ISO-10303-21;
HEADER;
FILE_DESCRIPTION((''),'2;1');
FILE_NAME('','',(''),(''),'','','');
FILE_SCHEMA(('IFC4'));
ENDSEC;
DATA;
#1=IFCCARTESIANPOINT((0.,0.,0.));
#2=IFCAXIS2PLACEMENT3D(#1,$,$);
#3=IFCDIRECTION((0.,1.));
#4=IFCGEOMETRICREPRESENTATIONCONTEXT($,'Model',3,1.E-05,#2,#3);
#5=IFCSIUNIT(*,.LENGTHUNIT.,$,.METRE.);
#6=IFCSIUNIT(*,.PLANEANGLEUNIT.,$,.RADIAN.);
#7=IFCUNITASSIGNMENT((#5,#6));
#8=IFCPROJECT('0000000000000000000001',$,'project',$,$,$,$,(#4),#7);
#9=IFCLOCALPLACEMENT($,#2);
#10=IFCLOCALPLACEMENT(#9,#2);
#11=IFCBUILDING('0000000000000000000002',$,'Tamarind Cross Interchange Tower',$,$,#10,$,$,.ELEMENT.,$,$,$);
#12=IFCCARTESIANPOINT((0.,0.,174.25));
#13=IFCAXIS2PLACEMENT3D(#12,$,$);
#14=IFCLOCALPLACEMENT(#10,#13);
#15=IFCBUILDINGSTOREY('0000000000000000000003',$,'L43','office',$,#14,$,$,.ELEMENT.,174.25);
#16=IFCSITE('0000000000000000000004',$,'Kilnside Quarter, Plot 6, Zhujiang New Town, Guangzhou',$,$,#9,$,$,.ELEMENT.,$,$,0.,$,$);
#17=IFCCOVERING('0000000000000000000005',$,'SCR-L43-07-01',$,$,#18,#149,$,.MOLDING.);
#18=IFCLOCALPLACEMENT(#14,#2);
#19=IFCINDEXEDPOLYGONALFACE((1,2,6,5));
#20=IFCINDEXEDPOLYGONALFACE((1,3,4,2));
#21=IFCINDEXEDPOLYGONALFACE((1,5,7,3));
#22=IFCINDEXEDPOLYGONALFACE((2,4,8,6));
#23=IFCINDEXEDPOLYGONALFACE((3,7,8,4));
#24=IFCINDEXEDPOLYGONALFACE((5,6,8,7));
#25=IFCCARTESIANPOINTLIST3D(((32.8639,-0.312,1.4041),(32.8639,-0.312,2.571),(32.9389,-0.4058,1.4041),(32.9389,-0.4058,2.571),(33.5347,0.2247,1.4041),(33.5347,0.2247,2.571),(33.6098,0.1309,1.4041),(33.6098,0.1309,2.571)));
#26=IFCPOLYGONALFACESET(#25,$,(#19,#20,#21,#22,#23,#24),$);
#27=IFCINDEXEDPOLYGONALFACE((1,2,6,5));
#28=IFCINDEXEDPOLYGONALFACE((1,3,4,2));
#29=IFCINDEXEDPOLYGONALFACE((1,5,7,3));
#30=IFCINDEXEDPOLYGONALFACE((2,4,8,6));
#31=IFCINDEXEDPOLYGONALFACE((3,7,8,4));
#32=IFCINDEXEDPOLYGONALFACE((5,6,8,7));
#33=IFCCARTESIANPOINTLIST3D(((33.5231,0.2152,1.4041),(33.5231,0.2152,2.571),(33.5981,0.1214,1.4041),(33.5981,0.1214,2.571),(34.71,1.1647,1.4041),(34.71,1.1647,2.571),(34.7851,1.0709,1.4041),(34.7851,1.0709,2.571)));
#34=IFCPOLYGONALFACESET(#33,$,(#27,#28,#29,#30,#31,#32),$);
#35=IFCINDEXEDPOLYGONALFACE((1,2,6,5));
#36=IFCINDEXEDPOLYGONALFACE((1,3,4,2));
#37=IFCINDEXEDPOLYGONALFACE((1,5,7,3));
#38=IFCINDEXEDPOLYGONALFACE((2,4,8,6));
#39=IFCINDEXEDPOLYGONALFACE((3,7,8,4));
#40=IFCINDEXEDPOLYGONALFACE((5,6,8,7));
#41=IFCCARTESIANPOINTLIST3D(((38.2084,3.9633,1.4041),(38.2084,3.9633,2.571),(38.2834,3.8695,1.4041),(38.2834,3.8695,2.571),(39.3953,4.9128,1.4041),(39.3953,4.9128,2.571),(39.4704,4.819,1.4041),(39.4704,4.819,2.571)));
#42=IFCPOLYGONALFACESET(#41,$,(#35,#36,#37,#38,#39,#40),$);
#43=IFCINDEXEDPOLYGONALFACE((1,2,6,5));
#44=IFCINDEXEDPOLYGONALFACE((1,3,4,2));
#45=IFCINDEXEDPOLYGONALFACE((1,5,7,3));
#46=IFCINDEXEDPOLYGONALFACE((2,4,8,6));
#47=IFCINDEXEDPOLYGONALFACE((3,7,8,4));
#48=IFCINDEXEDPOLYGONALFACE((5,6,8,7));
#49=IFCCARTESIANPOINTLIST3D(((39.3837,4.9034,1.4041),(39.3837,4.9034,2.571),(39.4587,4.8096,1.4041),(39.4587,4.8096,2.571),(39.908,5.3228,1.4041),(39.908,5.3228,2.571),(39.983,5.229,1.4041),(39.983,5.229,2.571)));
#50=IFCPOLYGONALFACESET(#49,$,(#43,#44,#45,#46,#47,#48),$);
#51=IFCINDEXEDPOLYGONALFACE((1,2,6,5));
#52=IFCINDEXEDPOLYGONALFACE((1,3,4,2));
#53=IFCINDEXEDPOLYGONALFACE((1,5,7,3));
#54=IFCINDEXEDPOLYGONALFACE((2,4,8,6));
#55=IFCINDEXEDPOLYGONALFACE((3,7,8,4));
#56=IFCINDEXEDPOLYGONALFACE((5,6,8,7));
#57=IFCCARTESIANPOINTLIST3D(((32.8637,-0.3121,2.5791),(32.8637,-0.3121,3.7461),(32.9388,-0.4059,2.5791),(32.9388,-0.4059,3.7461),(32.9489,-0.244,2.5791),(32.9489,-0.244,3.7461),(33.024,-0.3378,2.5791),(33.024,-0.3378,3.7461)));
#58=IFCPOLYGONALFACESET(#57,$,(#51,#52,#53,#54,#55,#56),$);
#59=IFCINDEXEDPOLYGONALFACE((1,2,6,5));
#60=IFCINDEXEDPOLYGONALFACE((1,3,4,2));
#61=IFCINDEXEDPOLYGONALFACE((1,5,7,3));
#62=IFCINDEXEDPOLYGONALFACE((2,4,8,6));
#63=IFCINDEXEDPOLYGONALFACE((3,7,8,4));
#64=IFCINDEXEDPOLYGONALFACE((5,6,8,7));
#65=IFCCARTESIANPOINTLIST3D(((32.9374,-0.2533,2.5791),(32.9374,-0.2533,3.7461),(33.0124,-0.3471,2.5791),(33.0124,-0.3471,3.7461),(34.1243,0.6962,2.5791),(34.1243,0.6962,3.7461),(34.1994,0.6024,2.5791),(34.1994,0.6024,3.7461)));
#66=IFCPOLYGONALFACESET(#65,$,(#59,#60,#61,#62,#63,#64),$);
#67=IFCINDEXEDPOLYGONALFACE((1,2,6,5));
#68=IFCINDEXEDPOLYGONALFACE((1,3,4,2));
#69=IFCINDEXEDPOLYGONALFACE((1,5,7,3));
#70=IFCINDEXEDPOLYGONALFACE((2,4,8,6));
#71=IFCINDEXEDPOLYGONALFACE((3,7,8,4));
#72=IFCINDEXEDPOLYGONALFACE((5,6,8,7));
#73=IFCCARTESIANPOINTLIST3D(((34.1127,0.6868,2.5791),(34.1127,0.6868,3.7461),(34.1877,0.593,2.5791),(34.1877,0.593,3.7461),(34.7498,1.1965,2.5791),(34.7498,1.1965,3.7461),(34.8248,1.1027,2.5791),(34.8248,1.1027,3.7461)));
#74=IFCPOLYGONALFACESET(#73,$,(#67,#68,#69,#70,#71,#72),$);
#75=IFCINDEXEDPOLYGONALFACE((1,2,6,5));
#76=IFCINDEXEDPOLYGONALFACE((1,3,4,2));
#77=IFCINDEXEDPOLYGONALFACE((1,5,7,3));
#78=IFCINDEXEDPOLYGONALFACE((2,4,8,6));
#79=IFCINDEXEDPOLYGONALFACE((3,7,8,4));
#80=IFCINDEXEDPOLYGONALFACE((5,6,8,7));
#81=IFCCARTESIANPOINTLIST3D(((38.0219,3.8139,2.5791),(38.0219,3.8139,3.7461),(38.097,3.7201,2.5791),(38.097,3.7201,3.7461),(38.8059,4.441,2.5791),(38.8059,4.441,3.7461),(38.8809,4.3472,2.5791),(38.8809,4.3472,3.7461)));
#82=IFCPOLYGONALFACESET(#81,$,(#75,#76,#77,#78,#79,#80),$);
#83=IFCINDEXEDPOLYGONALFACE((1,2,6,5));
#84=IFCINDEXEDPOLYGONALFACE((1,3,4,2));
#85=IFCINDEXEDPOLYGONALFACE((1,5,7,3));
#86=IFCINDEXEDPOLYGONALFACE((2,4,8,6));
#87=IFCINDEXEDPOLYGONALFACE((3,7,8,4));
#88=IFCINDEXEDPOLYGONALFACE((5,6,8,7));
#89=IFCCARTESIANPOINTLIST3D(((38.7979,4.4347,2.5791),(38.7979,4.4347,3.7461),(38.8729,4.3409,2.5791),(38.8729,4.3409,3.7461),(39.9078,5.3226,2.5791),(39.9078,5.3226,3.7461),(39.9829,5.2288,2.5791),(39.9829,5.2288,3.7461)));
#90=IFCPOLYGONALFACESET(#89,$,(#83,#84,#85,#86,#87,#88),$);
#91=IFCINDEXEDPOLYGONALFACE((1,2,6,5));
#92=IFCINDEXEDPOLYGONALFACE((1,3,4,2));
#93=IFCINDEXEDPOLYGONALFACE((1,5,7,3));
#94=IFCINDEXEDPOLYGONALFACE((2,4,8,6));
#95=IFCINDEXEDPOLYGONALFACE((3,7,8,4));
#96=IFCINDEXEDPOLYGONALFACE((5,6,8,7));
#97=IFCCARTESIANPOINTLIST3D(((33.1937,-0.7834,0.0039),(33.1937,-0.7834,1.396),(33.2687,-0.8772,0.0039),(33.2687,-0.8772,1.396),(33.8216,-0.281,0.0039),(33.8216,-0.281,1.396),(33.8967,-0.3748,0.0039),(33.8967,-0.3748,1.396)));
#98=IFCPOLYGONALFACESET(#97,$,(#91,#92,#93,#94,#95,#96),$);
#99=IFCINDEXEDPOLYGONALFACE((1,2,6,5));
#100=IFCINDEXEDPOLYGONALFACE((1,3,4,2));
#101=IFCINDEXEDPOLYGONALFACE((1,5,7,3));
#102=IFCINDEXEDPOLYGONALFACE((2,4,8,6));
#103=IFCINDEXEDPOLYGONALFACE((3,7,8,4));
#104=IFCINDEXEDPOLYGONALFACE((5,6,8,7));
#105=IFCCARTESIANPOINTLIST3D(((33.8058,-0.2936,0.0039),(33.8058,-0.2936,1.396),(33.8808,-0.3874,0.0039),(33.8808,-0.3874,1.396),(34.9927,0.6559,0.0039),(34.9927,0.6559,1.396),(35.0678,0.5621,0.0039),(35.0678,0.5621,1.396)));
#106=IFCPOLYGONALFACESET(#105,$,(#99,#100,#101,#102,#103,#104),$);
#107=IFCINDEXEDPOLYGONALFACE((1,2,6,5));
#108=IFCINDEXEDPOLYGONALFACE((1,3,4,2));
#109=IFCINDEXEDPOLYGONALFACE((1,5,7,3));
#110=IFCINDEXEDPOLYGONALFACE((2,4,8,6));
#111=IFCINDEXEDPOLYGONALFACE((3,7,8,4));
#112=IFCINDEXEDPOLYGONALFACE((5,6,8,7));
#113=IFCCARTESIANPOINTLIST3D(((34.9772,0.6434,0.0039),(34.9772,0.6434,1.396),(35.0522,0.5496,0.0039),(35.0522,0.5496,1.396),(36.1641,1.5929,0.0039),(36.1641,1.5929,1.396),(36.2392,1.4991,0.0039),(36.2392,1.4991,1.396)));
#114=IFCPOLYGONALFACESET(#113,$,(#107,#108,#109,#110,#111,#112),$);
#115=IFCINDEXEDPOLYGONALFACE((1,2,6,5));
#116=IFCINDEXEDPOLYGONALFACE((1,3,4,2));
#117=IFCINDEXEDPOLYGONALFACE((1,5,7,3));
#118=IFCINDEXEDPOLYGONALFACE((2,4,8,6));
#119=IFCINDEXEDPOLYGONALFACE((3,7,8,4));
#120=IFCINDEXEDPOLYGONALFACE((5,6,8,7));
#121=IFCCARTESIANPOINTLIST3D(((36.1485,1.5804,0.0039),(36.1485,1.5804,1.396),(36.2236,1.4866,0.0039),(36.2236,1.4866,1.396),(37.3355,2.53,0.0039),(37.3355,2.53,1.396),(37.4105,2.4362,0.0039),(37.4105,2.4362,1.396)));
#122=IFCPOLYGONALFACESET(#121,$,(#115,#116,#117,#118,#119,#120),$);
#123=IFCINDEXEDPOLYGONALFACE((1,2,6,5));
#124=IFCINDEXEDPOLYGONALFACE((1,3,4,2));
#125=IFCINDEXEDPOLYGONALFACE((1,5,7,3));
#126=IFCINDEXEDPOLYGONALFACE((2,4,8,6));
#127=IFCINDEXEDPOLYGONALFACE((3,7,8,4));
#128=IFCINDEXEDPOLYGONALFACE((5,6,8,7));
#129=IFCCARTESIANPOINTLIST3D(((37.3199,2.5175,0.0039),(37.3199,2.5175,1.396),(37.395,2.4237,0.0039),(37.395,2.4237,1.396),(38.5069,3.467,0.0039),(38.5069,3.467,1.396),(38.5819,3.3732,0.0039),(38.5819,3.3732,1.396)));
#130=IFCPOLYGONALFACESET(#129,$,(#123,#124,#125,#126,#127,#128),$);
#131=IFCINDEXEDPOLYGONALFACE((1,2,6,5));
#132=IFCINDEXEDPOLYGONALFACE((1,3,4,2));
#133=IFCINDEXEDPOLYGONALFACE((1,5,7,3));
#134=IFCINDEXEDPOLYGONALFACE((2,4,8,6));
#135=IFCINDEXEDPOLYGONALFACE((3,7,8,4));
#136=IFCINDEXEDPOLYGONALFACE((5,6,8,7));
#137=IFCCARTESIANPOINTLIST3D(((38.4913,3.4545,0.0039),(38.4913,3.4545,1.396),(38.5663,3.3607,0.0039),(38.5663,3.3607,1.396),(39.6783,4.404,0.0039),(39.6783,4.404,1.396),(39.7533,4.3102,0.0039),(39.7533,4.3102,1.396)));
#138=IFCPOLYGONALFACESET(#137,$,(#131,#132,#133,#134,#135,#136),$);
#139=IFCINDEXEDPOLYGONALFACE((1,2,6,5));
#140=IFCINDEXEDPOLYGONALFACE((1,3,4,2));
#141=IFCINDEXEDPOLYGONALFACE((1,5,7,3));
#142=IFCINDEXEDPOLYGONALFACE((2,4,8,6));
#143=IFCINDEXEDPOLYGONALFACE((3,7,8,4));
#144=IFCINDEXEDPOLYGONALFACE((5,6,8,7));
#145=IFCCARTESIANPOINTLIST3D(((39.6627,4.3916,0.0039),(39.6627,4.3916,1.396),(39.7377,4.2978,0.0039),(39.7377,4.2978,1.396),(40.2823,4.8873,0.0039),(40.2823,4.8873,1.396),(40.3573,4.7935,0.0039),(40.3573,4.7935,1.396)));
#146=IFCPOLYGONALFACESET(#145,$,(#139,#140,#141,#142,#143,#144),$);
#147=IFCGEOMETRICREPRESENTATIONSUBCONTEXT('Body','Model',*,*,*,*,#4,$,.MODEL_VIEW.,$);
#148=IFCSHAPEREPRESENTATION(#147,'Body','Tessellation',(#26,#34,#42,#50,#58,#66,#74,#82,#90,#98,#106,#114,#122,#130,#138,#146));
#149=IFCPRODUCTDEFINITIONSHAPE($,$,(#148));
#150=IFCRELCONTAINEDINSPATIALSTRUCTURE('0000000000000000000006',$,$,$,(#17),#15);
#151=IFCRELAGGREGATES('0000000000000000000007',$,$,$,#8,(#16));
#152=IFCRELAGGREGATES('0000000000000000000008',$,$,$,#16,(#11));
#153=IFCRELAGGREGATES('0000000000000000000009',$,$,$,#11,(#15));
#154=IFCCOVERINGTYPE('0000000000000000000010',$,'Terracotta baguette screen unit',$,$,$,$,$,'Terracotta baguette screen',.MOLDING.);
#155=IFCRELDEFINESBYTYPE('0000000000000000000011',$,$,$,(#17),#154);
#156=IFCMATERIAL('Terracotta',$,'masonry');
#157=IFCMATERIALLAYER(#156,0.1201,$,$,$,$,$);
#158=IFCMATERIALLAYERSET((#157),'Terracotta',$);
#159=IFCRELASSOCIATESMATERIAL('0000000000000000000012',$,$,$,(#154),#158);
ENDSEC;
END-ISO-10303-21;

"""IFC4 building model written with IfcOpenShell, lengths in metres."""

from ifc_helpers import new_model, si_unit, direction, frame, origin, origin_2d, place, context, subcontext, project, spatial, rectangle, extrude, material, layer, layer_set, type_object, element, save


model = new_model("IFC4")

# Units and contexts
model_context = context("Model", 3, precision=1e-05, world=origin(), true_north=direction((0.0, 1.0)))
body_context = subcontext(model_context, "Body", "Model", "MODEL_VIEW")
ifc_project = project(units=[si_unit("LENGTHUNIT", "METRE"), si_unit("PLANEANGLEUNIT", "RADIAN")], contexts=[model_context])

# Site, building, storey
site_placement = place(None, origin())
site = spatial("IfcSite", under=ifc_project, at=site_placement, Name="Kilnside Quarter, Plot 6, Zhujiang New Town, Guangzhou", CompositionType="ELEMENT", RefElevation=0.0)
building_placement = place(site_placement, origin())
building = spatial("IfcBuilding", under=site, at=building_placement, Name="Tamarind Cross Interchange Tower", CompositionType="ELEMENT")
storey_placement = place(building_placement, frame((0.0, 0.0, 174.25)))
storey = spatial("IfcBuildingStorey", under=building, at=storey_placement, Name="L43", Description="office", CompositionType="ELEMENT", Elevation=174.25)

# Covering
ifc_material_1 = material(Name="Terracotta", Category="masonry")
ifc_layer_1 = layer(ifc_material_1, 0.1201)
ifc_layer_set_1 = layer_set([ifc_layer_1], Name="Terracotta")
covering_type = type_object("IfcCoveringType", Name="Terracotta baguette screen unit", ElementType="Terracotta baguette screen", PredefinedType="MOLDING", material=ifc_layer_set_1)
covering_1_placement = place(storey_placement, origin())
element("IfcCovering", 1, at=covering_1_placement, inside=storey, type_object=covering_type, Name="SCR-L43-07-01", PredefinedType="MOLDING", context=body_context, shape_type="SweptSolid", body=[
    extrude(rectangle(XDim=0.8591, YDim=0.1201, at=origin_2d()), frame((33.2368, -0.0906, 1.4041), z_axis=(0.0, 0.0, 1.0), x_axis=(0.780893, 0.624665, 0.0)), (0.0, 0.0, 1.0), 1.167),
    extrude(rectangle(XDim=1.52, YDim=0.1201, at=origin_2d()), frame((34.1541, 0.6431, 1.4041), z_axis=(0.0, 0.0, 1.0), x_axis=(0.780893, 0.624665, 0.0)), (0.0, 0.0, 1.0), 1.167),
    extrude(rectangle(XDim=1.52, YDim=0.1201, at=origin_2d()), frame((38.8394, 4.3911, 1.4041), z_axis=(0.0, 0.0, 1.0), x_axis=(0.780893, 0.624665, 0.0)), (0.0, 0.0, 1.0), 1.167),
    extrude(rectangle(XDim=0.6714, YDim=0.1201, at=origin_2d()), frame((39.6833, 5.0662, 1.4041), z_axis=(0.0, 0.0, 1.0), x_axis=(0.780893, 0.624665, 0.0)), (0.0, 0.0, 1.0), 1.167),
    extrude(rectangle(XDim=0.1091, YDim=0.1201, at=origin_2d()), frame((32.9438, -0.325, 2.5791), z_axis=(0.0, 0.0, 1.0), x_axis=(0.780893, 0.624665, 0.0)), (0.0, 0.0, 1.0), 1.167),
    extrude(rectangle(XDim=1.52, YDim=0.1201, at=origin_2d()), frame((33.5684, 0.1746, 2.5791), z_axis=(0.0, 0.0, 1.0), x_axis=(0.780893, 0.624665, 0.0)), (0.0, 0.0, 1.0), 1.167),
    extrude(rectangle(XDim=0.8159, YDim=0.1201, at=origin_2d()), frame((34.4688, 0.8948, 2.5791), z_axis=(0.0, 0.0, 1.0), x_axis=(0.780893, 0.624665, 0.0)), (0.0, 0.0, 1.0), 1.167),
    extrude(rectangle(XDim=1.0039, YDim=0.1201, at=origin_2d()), frame((38.4514, 4.0806, 2.5791), z_axis=(0.0, 0.0, 1.0), x_axis=(0.780893, 0.624665, 0.0)), (0.0, 0.0, 1.0), 1.167),
    extrude(rectangle(XDim=1.4214, YDim=0.1201, at=origin_2d()), frame((39.3904, 4.8318, 2.5791), z_axis=(0.0, 0.0, 1.0), x_axis=(0.780893, 0.624665, 0.0)), (0.0, 0.0, 1.0), 1.167),
    extrude(rectangle(XDim=0.8042, YDim=0.1201, at=origin_2d()), frame((33.5452, -0.5791, 0.0039), z_axis=(0.0, 0.0, 1.0), x_axis=(0.780893, 0.624665, 0.0)), (0.0, 0.0, 1.0), 1.3921),
    extrude(rectangle(XDim=1.52, YDim=0.1201, at=origin_2d()), frame((34.4368, 0.1343, 0.0039), z_axis=(0.0, 0.0, 1.0), x_axis=(0.780893, 0.624665, 0.0)), (0.0, 0.0, 1.0), 1.3921),
    extrude(rectangle(XDim=1.52, YDim=0.1201, at=origin_2d()), frame((35.6082, 1.0713, 0.0039), z_axis=(0.0, 0.0, 1.0), x_axis=(0.780893, 0.624665, 0.0)), (0.0, 0.0, 1.0), 1.3921),
    extrude(rectangle(XDim=1.52, YDim=0.1201, at=origin_2d()), frame((36.7795, 2.0083, 0.0039), z_axis=(0.0, 0.0, 1.0), x_axis=(0.780893, 0.624665, 0.0)), (0.0, 0.0, 1.0), 1.3921),
    extrude(rectangle(XDim=1.52, YDim=0.1201, at=origin_2d()), frame((37.9509, 2.9453, 0.0039), z_axis=(0.0, 0.0, 1.0), x_axis=(0.780893, 0.624665, 0.0)), (0.0, 0.0, 1.0), 1.3921),
    extrude(rectangle(XDim=1.52, YDim=0.1201, at=origin_2d()), frame((39.1223, 3.8823, 0.0039), z_axis=(0.0, 0.0, 1.0), x_axis=(0.780893, 0.624665, 0.0)), (0.0, 0.0, 1.0), 1.3921),
    extrude(rectangle(XDim=0.7935, YDim=0.1201, at=origin_2d()), frame((40.01, 4.5925, 0.0039), z_axis=(0.0, 0.0, 1.0), x_axis=(0.780893, 0.624665, 0.0)), (0.0, 0.0, 1.0), 1.3921),
])

save(model, "model.ifc")
